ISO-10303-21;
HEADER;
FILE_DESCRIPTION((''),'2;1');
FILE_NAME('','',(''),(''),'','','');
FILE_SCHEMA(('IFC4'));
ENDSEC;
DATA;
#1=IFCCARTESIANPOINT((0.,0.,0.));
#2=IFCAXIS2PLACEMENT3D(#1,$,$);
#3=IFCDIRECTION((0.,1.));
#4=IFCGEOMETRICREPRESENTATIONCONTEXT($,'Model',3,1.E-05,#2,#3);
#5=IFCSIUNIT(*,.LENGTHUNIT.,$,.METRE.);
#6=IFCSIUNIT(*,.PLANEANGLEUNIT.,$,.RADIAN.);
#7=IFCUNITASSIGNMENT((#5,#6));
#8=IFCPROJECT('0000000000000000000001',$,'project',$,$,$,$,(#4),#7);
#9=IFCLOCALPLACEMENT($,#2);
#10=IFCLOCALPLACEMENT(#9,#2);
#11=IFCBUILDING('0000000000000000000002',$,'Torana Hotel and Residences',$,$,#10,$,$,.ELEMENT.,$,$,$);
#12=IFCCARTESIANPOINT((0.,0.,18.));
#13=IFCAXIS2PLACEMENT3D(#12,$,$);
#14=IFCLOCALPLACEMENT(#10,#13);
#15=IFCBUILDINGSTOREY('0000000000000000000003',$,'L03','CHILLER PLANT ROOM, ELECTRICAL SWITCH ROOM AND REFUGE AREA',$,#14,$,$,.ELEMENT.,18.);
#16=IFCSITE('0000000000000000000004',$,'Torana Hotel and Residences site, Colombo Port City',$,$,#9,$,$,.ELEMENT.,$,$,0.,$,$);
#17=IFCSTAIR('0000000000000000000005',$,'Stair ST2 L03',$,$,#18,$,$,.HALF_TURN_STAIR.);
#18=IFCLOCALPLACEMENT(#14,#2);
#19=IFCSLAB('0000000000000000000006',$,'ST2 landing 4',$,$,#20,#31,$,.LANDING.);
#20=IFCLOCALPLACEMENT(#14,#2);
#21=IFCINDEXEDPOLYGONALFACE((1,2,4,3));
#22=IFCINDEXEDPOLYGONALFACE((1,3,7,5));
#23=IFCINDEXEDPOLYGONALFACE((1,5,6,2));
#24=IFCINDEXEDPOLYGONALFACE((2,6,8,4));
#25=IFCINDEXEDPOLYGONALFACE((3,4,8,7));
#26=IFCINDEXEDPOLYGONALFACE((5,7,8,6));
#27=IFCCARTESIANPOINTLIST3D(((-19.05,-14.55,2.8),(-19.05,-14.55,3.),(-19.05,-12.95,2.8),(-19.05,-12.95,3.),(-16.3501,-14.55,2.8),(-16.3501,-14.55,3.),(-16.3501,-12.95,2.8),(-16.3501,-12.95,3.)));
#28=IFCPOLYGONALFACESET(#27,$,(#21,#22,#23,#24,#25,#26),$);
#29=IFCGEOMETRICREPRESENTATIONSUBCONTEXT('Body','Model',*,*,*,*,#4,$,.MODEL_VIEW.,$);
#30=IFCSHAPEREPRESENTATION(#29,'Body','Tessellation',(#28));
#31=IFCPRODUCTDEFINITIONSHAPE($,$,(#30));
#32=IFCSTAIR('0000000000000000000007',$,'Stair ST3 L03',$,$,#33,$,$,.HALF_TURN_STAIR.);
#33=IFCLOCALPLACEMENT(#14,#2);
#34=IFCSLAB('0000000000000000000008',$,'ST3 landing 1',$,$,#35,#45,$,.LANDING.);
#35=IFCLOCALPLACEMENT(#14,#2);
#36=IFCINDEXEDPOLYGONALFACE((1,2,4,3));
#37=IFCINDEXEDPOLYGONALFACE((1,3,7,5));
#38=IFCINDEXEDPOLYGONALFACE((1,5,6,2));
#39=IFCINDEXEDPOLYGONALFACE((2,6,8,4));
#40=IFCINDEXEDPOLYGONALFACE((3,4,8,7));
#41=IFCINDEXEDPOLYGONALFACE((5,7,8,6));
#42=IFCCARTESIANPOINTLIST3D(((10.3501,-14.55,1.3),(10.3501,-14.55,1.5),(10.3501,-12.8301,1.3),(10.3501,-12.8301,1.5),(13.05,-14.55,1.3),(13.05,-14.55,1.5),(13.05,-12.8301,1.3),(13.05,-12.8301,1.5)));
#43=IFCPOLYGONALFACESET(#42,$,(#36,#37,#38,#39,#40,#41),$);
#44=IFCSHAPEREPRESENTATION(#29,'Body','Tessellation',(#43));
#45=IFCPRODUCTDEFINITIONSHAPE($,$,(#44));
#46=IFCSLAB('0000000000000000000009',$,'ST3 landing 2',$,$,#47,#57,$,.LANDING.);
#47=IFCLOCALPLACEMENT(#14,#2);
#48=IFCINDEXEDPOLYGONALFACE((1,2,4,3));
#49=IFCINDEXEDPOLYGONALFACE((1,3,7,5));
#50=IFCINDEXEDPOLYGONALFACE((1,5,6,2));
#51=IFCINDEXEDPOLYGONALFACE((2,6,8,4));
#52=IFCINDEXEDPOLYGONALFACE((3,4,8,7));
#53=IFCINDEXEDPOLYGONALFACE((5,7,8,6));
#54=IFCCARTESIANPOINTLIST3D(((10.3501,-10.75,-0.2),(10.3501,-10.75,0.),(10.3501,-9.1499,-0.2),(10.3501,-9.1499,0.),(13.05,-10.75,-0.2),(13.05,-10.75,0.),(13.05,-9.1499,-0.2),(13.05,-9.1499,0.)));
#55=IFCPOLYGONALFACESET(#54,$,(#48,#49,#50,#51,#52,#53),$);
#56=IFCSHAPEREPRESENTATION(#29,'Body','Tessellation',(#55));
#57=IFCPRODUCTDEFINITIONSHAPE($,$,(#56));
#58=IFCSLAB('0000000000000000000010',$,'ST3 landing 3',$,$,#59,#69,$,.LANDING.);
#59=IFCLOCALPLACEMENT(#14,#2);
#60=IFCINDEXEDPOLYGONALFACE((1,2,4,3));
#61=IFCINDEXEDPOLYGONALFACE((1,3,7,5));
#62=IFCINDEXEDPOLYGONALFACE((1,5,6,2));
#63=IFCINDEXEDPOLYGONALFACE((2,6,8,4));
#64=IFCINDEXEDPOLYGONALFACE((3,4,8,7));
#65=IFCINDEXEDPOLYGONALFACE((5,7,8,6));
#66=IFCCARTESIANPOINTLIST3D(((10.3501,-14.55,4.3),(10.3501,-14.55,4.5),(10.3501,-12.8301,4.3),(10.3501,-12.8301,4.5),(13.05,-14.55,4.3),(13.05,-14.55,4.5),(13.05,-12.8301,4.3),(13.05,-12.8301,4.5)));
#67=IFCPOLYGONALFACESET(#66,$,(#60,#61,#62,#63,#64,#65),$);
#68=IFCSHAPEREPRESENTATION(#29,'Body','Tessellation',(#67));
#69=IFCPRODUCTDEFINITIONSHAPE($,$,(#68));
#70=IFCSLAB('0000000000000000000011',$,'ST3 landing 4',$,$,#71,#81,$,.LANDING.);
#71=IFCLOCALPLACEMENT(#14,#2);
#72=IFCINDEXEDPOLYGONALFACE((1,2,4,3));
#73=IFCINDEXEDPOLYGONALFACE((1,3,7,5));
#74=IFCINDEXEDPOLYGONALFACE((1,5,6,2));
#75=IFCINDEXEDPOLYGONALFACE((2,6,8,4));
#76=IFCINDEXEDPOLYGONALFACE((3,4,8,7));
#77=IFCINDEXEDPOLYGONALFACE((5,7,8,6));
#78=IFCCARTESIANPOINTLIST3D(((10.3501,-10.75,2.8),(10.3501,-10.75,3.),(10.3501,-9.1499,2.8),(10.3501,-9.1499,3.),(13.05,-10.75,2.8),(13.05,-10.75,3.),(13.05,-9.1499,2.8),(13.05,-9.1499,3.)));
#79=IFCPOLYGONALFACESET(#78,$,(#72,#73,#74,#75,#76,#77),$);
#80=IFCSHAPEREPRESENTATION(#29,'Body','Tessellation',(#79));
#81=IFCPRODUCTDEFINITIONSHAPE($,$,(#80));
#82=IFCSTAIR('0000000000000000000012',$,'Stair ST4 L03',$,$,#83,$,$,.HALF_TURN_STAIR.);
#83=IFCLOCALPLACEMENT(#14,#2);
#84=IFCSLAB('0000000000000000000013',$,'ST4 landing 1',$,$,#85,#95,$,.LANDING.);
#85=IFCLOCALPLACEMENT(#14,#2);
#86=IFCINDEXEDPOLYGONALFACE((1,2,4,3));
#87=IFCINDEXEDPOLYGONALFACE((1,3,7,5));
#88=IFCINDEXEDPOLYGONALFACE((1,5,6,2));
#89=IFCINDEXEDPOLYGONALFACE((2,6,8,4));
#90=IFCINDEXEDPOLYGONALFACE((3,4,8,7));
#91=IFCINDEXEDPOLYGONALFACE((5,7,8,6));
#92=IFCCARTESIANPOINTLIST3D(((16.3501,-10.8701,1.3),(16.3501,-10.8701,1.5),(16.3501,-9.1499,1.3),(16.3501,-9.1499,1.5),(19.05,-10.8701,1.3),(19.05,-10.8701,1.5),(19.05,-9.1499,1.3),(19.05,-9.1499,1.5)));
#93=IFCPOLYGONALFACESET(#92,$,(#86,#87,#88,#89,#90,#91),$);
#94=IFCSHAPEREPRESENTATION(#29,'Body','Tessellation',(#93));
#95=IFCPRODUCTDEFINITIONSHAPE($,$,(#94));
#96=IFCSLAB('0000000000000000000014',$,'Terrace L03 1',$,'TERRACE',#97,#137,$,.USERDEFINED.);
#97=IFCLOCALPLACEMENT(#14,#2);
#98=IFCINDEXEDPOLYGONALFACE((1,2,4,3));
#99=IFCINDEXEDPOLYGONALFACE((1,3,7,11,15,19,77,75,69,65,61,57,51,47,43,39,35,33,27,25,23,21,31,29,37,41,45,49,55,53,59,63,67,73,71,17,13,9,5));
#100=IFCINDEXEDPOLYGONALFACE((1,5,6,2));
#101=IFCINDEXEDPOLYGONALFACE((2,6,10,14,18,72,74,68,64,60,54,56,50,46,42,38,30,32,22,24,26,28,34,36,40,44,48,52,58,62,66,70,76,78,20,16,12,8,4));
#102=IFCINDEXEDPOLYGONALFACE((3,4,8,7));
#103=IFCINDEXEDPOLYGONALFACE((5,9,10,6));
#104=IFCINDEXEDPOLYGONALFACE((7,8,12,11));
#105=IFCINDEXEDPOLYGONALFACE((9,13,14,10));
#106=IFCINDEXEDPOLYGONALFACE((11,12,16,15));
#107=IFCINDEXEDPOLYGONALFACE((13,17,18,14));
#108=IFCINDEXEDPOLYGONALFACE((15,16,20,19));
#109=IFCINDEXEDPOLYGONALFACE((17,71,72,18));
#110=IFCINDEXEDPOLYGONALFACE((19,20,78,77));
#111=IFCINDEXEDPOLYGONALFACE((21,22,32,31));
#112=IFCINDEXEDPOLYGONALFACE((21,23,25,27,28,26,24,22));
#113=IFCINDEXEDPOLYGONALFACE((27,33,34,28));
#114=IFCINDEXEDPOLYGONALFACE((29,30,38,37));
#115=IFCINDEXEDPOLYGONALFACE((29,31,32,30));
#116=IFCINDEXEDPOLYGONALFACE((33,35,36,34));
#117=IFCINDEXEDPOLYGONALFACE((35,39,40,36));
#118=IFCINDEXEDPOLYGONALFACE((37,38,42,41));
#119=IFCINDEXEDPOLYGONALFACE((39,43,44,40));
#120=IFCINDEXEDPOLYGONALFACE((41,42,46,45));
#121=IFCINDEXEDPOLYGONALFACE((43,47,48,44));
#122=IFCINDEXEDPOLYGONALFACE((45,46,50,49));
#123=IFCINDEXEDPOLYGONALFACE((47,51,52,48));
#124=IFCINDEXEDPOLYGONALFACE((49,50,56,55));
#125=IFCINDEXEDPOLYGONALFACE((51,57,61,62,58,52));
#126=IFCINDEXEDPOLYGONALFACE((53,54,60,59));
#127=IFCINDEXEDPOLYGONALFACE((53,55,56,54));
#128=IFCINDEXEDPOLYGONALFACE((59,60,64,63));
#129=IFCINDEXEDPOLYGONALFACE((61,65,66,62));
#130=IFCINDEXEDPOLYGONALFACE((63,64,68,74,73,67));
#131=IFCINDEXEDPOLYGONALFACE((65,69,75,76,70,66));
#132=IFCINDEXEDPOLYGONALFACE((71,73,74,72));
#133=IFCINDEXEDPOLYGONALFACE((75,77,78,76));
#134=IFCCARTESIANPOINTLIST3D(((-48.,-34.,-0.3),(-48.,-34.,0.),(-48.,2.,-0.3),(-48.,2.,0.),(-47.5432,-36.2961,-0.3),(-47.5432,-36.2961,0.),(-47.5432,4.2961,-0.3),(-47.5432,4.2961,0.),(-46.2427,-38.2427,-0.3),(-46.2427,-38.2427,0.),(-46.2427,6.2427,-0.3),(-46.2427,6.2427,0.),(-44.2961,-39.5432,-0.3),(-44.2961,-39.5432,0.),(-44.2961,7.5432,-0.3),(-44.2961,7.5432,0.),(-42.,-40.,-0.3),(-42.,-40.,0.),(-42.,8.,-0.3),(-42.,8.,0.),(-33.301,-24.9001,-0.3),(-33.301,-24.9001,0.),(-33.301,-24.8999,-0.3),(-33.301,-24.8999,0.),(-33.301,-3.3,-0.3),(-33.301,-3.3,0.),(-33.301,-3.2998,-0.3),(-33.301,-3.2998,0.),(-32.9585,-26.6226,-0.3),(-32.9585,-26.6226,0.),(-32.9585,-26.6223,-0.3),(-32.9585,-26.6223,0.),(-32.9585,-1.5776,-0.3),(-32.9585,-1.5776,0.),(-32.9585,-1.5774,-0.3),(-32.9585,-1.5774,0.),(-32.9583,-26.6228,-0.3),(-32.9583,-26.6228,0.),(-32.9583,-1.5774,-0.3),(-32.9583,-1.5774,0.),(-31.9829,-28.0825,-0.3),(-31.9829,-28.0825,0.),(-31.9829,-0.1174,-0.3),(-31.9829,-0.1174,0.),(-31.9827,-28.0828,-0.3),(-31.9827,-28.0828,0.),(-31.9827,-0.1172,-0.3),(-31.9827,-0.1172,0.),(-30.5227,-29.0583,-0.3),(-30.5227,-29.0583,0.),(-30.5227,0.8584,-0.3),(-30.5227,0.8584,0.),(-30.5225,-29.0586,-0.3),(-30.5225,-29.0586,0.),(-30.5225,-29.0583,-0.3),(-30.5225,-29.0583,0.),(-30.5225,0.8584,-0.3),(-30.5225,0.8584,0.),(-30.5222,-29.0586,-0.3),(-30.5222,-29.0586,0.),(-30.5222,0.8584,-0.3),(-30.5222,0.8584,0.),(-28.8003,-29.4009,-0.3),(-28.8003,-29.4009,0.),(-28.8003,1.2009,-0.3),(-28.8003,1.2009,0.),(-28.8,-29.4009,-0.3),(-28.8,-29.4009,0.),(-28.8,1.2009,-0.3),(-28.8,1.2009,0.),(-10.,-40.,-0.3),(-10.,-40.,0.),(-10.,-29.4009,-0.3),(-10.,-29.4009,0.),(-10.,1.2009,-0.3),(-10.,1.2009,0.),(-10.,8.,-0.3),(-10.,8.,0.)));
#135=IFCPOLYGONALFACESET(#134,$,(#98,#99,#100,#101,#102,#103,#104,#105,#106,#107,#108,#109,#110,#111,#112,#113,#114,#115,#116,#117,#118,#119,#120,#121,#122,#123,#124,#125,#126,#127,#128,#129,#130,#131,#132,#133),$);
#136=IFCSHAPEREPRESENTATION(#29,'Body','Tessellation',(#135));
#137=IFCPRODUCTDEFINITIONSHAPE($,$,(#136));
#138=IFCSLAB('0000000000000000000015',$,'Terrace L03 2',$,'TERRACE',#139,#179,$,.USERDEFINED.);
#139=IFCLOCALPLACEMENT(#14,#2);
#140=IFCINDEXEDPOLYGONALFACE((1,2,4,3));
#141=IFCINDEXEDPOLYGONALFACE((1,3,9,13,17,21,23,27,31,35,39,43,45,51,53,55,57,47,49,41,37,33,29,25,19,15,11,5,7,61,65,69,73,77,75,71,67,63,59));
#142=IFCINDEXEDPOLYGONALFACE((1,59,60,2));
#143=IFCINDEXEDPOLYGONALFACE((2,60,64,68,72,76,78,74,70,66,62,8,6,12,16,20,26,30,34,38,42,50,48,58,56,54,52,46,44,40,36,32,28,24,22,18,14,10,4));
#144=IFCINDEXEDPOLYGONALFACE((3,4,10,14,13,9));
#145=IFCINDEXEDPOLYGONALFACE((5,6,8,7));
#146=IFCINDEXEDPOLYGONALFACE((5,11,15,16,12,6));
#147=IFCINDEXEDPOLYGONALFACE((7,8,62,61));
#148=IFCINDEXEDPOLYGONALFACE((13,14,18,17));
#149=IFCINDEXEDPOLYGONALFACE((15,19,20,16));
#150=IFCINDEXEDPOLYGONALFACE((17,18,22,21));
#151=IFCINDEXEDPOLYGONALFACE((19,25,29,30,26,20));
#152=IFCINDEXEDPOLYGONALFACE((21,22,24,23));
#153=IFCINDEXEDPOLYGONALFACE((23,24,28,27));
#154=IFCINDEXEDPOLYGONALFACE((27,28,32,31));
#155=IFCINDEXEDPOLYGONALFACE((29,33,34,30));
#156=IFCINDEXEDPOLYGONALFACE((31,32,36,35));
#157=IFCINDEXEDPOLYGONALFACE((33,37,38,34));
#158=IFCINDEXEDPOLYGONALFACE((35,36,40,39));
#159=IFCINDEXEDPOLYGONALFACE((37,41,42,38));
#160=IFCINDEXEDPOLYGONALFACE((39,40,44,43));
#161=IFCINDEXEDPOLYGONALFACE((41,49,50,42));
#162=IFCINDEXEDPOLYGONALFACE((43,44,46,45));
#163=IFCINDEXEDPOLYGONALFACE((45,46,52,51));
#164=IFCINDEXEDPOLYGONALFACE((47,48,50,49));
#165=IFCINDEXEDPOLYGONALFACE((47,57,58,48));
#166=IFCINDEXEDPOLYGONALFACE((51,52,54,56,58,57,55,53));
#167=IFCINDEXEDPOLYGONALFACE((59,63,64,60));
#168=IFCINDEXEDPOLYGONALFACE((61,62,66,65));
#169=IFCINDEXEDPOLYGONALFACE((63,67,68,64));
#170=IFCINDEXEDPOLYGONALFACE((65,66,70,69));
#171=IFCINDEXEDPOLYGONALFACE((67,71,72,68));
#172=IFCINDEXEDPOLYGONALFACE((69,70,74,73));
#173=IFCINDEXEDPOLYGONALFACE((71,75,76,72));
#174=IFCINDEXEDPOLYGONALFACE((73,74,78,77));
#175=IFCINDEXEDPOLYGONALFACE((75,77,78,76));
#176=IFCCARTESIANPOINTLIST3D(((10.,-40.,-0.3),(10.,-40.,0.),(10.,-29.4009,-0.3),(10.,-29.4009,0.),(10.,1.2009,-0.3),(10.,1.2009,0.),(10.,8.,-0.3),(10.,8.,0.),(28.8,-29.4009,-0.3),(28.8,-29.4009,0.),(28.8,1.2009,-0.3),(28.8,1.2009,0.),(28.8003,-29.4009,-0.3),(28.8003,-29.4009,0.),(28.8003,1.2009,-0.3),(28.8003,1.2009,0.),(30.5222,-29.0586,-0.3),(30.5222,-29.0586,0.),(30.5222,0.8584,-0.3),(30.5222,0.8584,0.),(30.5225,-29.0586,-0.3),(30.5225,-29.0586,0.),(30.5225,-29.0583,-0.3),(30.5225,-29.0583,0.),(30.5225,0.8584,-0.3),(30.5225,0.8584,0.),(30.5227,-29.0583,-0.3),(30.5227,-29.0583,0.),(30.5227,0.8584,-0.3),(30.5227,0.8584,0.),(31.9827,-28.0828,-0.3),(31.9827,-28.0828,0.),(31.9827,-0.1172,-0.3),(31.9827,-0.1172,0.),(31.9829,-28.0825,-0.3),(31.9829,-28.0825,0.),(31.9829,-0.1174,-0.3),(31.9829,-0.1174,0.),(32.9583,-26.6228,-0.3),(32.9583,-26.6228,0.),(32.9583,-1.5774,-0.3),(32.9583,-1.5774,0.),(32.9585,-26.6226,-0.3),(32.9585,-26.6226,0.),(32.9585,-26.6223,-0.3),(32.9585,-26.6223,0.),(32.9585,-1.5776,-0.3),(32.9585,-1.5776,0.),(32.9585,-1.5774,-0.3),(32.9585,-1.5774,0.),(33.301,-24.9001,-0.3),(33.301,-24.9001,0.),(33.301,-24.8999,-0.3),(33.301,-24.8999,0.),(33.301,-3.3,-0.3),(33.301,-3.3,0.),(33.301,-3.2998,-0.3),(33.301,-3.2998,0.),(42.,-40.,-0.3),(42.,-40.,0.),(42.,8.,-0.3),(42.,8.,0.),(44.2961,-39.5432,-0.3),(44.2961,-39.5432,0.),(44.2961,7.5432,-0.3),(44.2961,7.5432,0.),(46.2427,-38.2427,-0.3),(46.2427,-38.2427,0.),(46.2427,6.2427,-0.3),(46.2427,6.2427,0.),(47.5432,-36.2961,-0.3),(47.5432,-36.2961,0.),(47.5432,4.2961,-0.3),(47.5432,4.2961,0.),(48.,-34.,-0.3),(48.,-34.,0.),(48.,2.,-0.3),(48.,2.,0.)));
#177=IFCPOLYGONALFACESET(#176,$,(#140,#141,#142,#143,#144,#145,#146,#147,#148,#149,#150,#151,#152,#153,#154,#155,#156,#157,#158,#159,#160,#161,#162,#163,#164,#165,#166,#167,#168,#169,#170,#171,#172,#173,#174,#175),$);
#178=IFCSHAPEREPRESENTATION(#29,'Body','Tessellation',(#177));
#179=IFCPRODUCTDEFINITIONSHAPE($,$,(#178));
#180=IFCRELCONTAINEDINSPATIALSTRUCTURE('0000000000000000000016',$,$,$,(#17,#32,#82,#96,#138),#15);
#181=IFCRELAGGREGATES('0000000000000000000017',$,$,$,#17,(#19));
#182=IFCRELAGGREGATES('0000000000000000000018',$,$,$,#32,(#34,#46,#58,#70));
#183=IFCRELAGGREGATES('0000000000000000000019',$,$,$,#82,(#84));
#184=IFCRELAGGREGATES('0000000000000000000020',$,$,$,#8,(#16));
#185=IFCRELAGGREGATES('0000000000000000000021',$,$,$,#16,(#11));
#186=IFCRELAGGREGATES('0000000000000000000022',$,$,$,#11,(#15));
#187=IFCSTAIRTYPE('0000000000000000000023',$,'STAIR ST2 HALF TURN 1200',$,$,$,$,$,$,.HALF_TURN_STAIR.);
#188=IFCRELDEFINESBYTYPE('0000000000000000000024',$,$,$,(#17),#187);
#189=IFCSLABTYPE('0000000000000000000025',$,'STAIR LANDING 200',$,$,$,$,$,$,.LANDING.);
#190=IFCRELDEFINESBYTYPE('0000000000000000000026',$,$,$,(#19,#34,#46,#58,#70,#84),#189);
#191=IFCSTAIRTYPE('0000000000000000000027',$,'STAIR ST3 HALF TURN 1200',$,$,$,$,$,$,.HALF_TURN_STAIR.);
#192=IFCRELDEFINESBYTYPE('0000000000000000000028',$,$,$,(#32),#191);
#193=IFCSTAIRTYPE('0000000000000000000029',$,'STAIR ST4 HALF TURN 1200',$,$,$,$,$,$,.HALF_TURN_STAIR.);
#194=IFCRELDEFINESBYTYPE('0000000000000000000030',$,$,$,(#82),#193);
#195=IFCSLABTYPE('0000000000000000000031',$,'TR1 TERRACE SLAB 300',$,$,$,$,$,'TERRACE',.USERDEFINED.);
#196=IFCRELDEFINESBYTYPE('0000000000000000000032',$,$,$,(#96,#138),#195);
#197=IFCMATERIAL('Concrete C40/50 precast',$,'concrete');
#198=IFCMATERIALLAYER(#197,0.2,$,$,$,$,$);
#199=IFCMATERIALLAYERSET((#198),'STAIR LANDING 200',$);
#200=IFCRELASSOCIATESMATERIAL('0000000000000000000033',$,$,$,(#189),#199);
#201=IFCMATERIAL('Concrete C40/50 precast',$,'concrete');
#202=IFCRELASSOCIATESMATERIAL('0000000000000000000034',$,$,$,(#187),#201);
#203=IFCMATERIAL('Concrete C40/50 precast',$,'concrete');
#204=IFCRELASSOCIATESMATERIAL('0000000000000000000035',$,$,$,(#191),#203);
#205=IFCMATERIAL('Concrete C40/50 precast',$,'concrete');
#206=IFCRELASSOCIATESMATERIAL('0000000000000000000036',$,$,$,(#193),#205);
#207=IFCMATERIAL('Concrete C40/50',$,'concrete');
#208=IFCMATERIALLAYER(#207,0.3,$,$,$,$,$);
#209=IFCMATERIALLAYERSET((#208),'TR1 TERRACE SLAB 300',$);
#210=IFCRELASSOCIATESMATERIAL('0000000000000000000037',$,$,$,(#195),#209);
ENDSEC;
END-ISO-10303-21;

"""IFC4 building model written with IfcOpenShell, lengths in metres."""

from ifc_helpers import new_model, si_unit, direction, frame, origin, place, context, subcontext, project, spatial, polyline, outline, extrude, material, layer, layer_set, type_object, element, aggregate, save


model = new_model("IFC4")

# Units and contexts
model_context = context("Model", 3, precision=1e-05, world=origin(), true_north=direction((0.0, 1.0)))
body_context = subcontext(model_context, "Body", "Model", "MODEL_VIEW")
ifc_project = project(units=[si_unit("LENGTHUNIT", "METRE"), si_unit("PLANEANGLEUNIT", "RADIAN")], contexts=[model_context])

# Site, building, storey
site_placement = place(None, origin())
site = spatial("IfcSite", under=ifc_project, at=site_placement, Name="Torana Hotel and Residences site, Colombo Port City", CompositionType="ELEMENT", RefElevation=0.0)
building_placement = place(site_placement, origin())
building = spatial("IfcBuilding", under=site, at=building_placement, Name="Torana Hotel and Residences", CompositionType="ELEMENT")
storey_placement = place(building_placement, frame((0.0, 0.0, 18.0)))
storey = spatial("IfcBuildingStorey", under=building, at=storey_placement, Name="L03", Description="CHILLER PLANT ROOM, ELECTRICAL SWITCH ROOM AND REFUGE AREA", CompositionType="ELEMENT", Elevation=18.0)

# Stairs, slabs
ifc_material_1 = material(Name="Concrete C40/50 precast", Category="concrete")
ifc_layer_1 = layer(ifc_material_1, 0.2)
ifc_layer_set_1 = layer_set([ifc_layer_1], Name="STAIR LANDING 200")
slab_type_1 = type_object("IfcSlabType", Name="STAIR LANDING 200", PredefinedType="LANDING", material=ifc_layer_set_1)
ifc_material_2 = material(Name="Concrete C40/50 precast", Category="concrete")
stair_type_1 = type_object("IfcStairType", Name="STAIR ST2 HALF TURN 1200", PredefinedType="HALF_TURN_STAIR", material=ifc_material_2)
stair_1_placement = place(storey_placement, origin())
stair_1 = element("IfcStair", 1, at=stair_1_placement, inside=storey, type_object=stair_type_1, Name="Stair ST2 L03", PredefinedType="HALF_TURN_STAIR")
slab_1_placement = place(storey_placement, frame((0.0, 0.0, 2.8)))
slab_1 = element("IfcSlab", 2, at=slab_1_placement, type_object=slab_type_1, Name="ST2 landing 4", PredefinedType="LANDING", context=body_context, shape_type="SweptSolid", body=[
    extrude(outline(polyline([(-19.05, -14.55), (-16.3501, -14.55), (-16.3501, -12.95), (-19.05, -12.95), (-19.05, -14.55)])), origin(), (0.0, 0.0, 1.0), 0.2),
])
aggregate(stair_1, [slab_1])
ifc_material_3 = material(Name="Concrete C40/50 precast", Category="concrete")
stair_type_2 = type_object("IfcStairType", Name="STAIR ST3 HALF TURN 1200", PredefinedType="HALF_TURN_STAIR", material=ifc_material_3)
stair_2_placement = place(storey_placement, origin())
stair_2 = element("IfcStair", 3, at=stair_2_placement, inside=storey, type_object=stair_type_2, Name="Stair ST3 L03", PredefinedType="HALF_TURN_STAIR")
slab_2_placement = place(storey_placement, frame((0.0, 0.0, 1.3)))
slab_2 = element("IfcSlab", 4, at=slab_2_placement, type_object=slab_type_1, Name="ST3 landing 1", PredefinedType="LANDING", context=body_context, shape_type="SweptSolid", body=[
    extrude(outline(polyline([(10.3501, -14.55), (13.05, -14.55), (13.05, -12.8301), (10.3501, -12.8301), (10.3501, -14.55)])), origin(), (0.0, 0.0, 1.0), 0.2),
])
slab_3_placement = place(storey_placement, frame((0.0, 0.0, -0.2)))
slab_3 = element("IfcSlab", 5, at=slab_3_placement, type_object=slab_type_1, Name="ST3 landing 2", PredefinedType="LANDING", context=body_context, shape_type="SweptSolid", body=[
    extrude(outline(polyline([(10.3501, -10.75), (13.05, -10.75), (13.05, -9.1499), (10.3501, -9.1499), (10.3501, -10.75)])), origin(), (0.0, 0.0, 1.0), 0.2),
])
slab_4_placement = place(storey_placement, frame((0.0, 0.0, 4.3)))
slab_4 = element("IfcSlab", 6, at=slab_4_placement, type_object=slab_type_1, Name="ST3 landing 3", PredefinedType="LANDING", context=body_context, shape_type="SweptSolid", body=[
    extrude(outline(polyline([(10.3501, -14.55), (13.05, -14.55), (13.05, -12.8301), (10.3501, -12.8301), (10.3501, -14.55)])), origin(), (0.0, 0.0, 1.0), 0.2),
])
slab_5_placement = place(storey_placement, frame((0.0, 0.0, 2.8)))
slab_5 = element("IfcSlab", 7, at=slab_5_placement, type_object=slab_type_1, Name="ST3 landing 4", PredefinedType="LANDING", context=body_context, shape_type="SweptSolid", body=[
    extrude(outline(polyline([(10.3501, -10.75), (13.05, -10.75), (13.05, -9.1499), (10.3501, -9.1499), (10.3501, -10.75)])), origin(), (0.0, 0.0, 1.0), 0.2),
])
aggregate(stair_2, [slab_2, slab_3, slab_4, slab_5])

# Stair, slab
ifc_material_4 = material(Name="Concrete C40/50 precast", Category="concrete")
stair_type_3 = type_object("IfcStairType", Name="STAIR ST4 HALF TURN 1200", PredefinedType="HALF_TURN_STAIR", material=ifc_material_4)
stair_3_placement = place(storey_placement, origin())
stair_3 = element("IfcStair", 8, at=stair_3_placement, inside=storey, type_object=stair_type_3, Name="Stair ST4 L03", PredefinedType="HALF_TURN_STAIR")
slab_6_placement = place(storey_placement, frame((0.0, 0.0, 1.3)))
slab_6 = element("IfcSlab", 9, at=slab_6_placement, type_object=slab_type_1, Name="ST4 landing 1", PredefinedType="LANDING", context=body_context, shape_type="SweptSolid", body=[
    extrude(outline(polyline([(16.3501, -10.8701), (19.05, -10.8701), (19.05, -9.1499), (16.3501, -9.1499), (16.3501, -10.8701)])), origin(), (0.0, 0.0, 1.0), 0.2),
])
aggregate(stair_3, [slab_6])

# Slabs
ifc_material_5 = material(Name="Concrete C40/50", Category="concrete")
ifc_layer_2 = layer(ifc_material_5, 0.3)
ifc_layer_set_2 = layer_set([ifc_layer_2], Name="TR1 TERRACE SLAB 300")
slab_type_2 = type_object("IfcSlabType", Name="TR1 TERRACE SLAB 300", ElementType="TERRACE", PredefinedType="USERDEFINED", material=ifc_layer_set_2)
slab_7_placement = place(storey_placement, frame((0.0, 0.0, -0.3)))
element("IfcSlab", 10, at=slab_7_placement, inside=storey, type_object=slab_type_2, Name="Terrace L03 1", ObjectType="TERRACE", PredefinedType="USERDEFINED", context=body_context, shape_type="SweptSolid", body=[
    extrude(outline(polyline([(-46.2427, -38.2427), (-47.5432, -36.2961), (-48.0, -34.0), (-48.0, 2.0), (-47.5432, 4.2961), (-46.2427, 6.2427), (-44.2961, 7.5432), (-42.0, 8.0), (-10.0, 8.0), (-10.0, 1.2009), (-28.8, 1.2009), (-28.8, 1.2009), (-28.8003, 1.2009), (-30.5222, 0.8584), (-30.5225, 0.8584), (-30.5225, 0.8584), (-30.5227, 0.8584), (-30.5227, 0.8584), (-31.9827, -0.1172), (-31.9827, -0.1172), (-31.9827, -0.1172), (-31.9829, -0.1174), (-31.9829, -0.1174), (-32.9583, -1.5774), (-32.9585, -1.5774), (-32.9585, -1.5774), (-32.9585, -1.5776), (-32.9585, -1.5776), (-33.301, -3.2998), (-33.301, -3.2998), (-33.301, -3.3), (-33.301, -24.8999), (-33.301, -24.9001), (-33.301, -24.9001), (-32.9585, -26.6223), (-32.9585, -26.6223), (-32.9585, -26.6226), (-32.9585, -26.6226), (-32.9583, -26.6228), (-31.9829, -28.0825), (-31.9829, -28.0825), (-31.9827, -28.0828), (-31.9827, -28.0828), (-31.9827, -28.0828), (-30.5227, -29.0583), (-30.5227, -29.0583), (-30.5225, -29.0583), (-30.5225, -29.0586), (-30.5222, -29.0586), (-28.8003, -29.4009), (-28.8, -29.4009), (-28.8, -29.4009), (-10.0, -29.4009), (-10.0, -40.0), (-42.0, -40.0), (-44.2961, -39.5432), (-46.2427, -38.2427)])), origin(), (0.0, 0.0, 1.0), 0.3),
])
slab_8_placement = place(storey_placement, frame((0.0, 0.0, -0.3)))
element("IfcSlab", 11, at=slab_8_placement, inside=storey, type_object=slab_type_2, Name="Terrace L03 2", ObjectType="TERRACE", PredefinedType="USERDEFINED", context=body_context, shape_type="SweptSolid", body=[
    extrude(outline(polyline([(42.0, 8.0), (44.2961, 7.5432), (46.2427, 6.2427), (47.5432, 4.2961), (48.0, 2.0), (48.0, -34.0), (47.5432, -36.2961), (46.2427, -38.2427), (44.2961, -39.5432), (42.0, -40.0), (10.0, -40.0), (10.0, -29.4009), (28.8, -29.4009), (28.8, -29.4009), (28.8003, -29.4009), (30.5222, -29.0586), (30.5225, -29.0586), (30.5225, -29.0583), (30.5227, -29.0583), (30.5227, -29.0583), (31.9827, -28.0828), (31.9827, -28.0828), (31.9827, -28.0828), (31.9829, -28.0825), (31.9829, -28.0825), (32.9583, -26.6228), (32.9585, -26.6226), (32.9585, -26.6226), (32.9585, -26.6223), (32.9585, -26.6223), (33.301, -24.9001), (33.301, -24.9001), (33.301, -24.8999), (33.301, -3.3), (33.301, -3.2998), (33.301, -3.2998), (32.9585, -1.5776), (32.9585, -1.5776), (32.9585, -1.5774), (32.9585, -1.5774), (32.9583, -1.5774), (31.9829, -0.1174), (31.9829, -0.1174), (31.9827, -0.1172), (31.9827, -0.1172), (31.9827, -0.1172), (30.5227, 0.8584), (30.5227, 0.8584), (30.5225, 0.8584), (30.5225, 0.8584), (30.5222, 0.8584), (28.8003, 1.2009), (28.8, 1.2009), (28.8, 1.2009), (10.0, 1.2009), (10.0, 8.0), (42.0, 8.0)])), origin(), (0.0, 0.0, 1.0), 0.3),
])

save(model, "model.ifc")
